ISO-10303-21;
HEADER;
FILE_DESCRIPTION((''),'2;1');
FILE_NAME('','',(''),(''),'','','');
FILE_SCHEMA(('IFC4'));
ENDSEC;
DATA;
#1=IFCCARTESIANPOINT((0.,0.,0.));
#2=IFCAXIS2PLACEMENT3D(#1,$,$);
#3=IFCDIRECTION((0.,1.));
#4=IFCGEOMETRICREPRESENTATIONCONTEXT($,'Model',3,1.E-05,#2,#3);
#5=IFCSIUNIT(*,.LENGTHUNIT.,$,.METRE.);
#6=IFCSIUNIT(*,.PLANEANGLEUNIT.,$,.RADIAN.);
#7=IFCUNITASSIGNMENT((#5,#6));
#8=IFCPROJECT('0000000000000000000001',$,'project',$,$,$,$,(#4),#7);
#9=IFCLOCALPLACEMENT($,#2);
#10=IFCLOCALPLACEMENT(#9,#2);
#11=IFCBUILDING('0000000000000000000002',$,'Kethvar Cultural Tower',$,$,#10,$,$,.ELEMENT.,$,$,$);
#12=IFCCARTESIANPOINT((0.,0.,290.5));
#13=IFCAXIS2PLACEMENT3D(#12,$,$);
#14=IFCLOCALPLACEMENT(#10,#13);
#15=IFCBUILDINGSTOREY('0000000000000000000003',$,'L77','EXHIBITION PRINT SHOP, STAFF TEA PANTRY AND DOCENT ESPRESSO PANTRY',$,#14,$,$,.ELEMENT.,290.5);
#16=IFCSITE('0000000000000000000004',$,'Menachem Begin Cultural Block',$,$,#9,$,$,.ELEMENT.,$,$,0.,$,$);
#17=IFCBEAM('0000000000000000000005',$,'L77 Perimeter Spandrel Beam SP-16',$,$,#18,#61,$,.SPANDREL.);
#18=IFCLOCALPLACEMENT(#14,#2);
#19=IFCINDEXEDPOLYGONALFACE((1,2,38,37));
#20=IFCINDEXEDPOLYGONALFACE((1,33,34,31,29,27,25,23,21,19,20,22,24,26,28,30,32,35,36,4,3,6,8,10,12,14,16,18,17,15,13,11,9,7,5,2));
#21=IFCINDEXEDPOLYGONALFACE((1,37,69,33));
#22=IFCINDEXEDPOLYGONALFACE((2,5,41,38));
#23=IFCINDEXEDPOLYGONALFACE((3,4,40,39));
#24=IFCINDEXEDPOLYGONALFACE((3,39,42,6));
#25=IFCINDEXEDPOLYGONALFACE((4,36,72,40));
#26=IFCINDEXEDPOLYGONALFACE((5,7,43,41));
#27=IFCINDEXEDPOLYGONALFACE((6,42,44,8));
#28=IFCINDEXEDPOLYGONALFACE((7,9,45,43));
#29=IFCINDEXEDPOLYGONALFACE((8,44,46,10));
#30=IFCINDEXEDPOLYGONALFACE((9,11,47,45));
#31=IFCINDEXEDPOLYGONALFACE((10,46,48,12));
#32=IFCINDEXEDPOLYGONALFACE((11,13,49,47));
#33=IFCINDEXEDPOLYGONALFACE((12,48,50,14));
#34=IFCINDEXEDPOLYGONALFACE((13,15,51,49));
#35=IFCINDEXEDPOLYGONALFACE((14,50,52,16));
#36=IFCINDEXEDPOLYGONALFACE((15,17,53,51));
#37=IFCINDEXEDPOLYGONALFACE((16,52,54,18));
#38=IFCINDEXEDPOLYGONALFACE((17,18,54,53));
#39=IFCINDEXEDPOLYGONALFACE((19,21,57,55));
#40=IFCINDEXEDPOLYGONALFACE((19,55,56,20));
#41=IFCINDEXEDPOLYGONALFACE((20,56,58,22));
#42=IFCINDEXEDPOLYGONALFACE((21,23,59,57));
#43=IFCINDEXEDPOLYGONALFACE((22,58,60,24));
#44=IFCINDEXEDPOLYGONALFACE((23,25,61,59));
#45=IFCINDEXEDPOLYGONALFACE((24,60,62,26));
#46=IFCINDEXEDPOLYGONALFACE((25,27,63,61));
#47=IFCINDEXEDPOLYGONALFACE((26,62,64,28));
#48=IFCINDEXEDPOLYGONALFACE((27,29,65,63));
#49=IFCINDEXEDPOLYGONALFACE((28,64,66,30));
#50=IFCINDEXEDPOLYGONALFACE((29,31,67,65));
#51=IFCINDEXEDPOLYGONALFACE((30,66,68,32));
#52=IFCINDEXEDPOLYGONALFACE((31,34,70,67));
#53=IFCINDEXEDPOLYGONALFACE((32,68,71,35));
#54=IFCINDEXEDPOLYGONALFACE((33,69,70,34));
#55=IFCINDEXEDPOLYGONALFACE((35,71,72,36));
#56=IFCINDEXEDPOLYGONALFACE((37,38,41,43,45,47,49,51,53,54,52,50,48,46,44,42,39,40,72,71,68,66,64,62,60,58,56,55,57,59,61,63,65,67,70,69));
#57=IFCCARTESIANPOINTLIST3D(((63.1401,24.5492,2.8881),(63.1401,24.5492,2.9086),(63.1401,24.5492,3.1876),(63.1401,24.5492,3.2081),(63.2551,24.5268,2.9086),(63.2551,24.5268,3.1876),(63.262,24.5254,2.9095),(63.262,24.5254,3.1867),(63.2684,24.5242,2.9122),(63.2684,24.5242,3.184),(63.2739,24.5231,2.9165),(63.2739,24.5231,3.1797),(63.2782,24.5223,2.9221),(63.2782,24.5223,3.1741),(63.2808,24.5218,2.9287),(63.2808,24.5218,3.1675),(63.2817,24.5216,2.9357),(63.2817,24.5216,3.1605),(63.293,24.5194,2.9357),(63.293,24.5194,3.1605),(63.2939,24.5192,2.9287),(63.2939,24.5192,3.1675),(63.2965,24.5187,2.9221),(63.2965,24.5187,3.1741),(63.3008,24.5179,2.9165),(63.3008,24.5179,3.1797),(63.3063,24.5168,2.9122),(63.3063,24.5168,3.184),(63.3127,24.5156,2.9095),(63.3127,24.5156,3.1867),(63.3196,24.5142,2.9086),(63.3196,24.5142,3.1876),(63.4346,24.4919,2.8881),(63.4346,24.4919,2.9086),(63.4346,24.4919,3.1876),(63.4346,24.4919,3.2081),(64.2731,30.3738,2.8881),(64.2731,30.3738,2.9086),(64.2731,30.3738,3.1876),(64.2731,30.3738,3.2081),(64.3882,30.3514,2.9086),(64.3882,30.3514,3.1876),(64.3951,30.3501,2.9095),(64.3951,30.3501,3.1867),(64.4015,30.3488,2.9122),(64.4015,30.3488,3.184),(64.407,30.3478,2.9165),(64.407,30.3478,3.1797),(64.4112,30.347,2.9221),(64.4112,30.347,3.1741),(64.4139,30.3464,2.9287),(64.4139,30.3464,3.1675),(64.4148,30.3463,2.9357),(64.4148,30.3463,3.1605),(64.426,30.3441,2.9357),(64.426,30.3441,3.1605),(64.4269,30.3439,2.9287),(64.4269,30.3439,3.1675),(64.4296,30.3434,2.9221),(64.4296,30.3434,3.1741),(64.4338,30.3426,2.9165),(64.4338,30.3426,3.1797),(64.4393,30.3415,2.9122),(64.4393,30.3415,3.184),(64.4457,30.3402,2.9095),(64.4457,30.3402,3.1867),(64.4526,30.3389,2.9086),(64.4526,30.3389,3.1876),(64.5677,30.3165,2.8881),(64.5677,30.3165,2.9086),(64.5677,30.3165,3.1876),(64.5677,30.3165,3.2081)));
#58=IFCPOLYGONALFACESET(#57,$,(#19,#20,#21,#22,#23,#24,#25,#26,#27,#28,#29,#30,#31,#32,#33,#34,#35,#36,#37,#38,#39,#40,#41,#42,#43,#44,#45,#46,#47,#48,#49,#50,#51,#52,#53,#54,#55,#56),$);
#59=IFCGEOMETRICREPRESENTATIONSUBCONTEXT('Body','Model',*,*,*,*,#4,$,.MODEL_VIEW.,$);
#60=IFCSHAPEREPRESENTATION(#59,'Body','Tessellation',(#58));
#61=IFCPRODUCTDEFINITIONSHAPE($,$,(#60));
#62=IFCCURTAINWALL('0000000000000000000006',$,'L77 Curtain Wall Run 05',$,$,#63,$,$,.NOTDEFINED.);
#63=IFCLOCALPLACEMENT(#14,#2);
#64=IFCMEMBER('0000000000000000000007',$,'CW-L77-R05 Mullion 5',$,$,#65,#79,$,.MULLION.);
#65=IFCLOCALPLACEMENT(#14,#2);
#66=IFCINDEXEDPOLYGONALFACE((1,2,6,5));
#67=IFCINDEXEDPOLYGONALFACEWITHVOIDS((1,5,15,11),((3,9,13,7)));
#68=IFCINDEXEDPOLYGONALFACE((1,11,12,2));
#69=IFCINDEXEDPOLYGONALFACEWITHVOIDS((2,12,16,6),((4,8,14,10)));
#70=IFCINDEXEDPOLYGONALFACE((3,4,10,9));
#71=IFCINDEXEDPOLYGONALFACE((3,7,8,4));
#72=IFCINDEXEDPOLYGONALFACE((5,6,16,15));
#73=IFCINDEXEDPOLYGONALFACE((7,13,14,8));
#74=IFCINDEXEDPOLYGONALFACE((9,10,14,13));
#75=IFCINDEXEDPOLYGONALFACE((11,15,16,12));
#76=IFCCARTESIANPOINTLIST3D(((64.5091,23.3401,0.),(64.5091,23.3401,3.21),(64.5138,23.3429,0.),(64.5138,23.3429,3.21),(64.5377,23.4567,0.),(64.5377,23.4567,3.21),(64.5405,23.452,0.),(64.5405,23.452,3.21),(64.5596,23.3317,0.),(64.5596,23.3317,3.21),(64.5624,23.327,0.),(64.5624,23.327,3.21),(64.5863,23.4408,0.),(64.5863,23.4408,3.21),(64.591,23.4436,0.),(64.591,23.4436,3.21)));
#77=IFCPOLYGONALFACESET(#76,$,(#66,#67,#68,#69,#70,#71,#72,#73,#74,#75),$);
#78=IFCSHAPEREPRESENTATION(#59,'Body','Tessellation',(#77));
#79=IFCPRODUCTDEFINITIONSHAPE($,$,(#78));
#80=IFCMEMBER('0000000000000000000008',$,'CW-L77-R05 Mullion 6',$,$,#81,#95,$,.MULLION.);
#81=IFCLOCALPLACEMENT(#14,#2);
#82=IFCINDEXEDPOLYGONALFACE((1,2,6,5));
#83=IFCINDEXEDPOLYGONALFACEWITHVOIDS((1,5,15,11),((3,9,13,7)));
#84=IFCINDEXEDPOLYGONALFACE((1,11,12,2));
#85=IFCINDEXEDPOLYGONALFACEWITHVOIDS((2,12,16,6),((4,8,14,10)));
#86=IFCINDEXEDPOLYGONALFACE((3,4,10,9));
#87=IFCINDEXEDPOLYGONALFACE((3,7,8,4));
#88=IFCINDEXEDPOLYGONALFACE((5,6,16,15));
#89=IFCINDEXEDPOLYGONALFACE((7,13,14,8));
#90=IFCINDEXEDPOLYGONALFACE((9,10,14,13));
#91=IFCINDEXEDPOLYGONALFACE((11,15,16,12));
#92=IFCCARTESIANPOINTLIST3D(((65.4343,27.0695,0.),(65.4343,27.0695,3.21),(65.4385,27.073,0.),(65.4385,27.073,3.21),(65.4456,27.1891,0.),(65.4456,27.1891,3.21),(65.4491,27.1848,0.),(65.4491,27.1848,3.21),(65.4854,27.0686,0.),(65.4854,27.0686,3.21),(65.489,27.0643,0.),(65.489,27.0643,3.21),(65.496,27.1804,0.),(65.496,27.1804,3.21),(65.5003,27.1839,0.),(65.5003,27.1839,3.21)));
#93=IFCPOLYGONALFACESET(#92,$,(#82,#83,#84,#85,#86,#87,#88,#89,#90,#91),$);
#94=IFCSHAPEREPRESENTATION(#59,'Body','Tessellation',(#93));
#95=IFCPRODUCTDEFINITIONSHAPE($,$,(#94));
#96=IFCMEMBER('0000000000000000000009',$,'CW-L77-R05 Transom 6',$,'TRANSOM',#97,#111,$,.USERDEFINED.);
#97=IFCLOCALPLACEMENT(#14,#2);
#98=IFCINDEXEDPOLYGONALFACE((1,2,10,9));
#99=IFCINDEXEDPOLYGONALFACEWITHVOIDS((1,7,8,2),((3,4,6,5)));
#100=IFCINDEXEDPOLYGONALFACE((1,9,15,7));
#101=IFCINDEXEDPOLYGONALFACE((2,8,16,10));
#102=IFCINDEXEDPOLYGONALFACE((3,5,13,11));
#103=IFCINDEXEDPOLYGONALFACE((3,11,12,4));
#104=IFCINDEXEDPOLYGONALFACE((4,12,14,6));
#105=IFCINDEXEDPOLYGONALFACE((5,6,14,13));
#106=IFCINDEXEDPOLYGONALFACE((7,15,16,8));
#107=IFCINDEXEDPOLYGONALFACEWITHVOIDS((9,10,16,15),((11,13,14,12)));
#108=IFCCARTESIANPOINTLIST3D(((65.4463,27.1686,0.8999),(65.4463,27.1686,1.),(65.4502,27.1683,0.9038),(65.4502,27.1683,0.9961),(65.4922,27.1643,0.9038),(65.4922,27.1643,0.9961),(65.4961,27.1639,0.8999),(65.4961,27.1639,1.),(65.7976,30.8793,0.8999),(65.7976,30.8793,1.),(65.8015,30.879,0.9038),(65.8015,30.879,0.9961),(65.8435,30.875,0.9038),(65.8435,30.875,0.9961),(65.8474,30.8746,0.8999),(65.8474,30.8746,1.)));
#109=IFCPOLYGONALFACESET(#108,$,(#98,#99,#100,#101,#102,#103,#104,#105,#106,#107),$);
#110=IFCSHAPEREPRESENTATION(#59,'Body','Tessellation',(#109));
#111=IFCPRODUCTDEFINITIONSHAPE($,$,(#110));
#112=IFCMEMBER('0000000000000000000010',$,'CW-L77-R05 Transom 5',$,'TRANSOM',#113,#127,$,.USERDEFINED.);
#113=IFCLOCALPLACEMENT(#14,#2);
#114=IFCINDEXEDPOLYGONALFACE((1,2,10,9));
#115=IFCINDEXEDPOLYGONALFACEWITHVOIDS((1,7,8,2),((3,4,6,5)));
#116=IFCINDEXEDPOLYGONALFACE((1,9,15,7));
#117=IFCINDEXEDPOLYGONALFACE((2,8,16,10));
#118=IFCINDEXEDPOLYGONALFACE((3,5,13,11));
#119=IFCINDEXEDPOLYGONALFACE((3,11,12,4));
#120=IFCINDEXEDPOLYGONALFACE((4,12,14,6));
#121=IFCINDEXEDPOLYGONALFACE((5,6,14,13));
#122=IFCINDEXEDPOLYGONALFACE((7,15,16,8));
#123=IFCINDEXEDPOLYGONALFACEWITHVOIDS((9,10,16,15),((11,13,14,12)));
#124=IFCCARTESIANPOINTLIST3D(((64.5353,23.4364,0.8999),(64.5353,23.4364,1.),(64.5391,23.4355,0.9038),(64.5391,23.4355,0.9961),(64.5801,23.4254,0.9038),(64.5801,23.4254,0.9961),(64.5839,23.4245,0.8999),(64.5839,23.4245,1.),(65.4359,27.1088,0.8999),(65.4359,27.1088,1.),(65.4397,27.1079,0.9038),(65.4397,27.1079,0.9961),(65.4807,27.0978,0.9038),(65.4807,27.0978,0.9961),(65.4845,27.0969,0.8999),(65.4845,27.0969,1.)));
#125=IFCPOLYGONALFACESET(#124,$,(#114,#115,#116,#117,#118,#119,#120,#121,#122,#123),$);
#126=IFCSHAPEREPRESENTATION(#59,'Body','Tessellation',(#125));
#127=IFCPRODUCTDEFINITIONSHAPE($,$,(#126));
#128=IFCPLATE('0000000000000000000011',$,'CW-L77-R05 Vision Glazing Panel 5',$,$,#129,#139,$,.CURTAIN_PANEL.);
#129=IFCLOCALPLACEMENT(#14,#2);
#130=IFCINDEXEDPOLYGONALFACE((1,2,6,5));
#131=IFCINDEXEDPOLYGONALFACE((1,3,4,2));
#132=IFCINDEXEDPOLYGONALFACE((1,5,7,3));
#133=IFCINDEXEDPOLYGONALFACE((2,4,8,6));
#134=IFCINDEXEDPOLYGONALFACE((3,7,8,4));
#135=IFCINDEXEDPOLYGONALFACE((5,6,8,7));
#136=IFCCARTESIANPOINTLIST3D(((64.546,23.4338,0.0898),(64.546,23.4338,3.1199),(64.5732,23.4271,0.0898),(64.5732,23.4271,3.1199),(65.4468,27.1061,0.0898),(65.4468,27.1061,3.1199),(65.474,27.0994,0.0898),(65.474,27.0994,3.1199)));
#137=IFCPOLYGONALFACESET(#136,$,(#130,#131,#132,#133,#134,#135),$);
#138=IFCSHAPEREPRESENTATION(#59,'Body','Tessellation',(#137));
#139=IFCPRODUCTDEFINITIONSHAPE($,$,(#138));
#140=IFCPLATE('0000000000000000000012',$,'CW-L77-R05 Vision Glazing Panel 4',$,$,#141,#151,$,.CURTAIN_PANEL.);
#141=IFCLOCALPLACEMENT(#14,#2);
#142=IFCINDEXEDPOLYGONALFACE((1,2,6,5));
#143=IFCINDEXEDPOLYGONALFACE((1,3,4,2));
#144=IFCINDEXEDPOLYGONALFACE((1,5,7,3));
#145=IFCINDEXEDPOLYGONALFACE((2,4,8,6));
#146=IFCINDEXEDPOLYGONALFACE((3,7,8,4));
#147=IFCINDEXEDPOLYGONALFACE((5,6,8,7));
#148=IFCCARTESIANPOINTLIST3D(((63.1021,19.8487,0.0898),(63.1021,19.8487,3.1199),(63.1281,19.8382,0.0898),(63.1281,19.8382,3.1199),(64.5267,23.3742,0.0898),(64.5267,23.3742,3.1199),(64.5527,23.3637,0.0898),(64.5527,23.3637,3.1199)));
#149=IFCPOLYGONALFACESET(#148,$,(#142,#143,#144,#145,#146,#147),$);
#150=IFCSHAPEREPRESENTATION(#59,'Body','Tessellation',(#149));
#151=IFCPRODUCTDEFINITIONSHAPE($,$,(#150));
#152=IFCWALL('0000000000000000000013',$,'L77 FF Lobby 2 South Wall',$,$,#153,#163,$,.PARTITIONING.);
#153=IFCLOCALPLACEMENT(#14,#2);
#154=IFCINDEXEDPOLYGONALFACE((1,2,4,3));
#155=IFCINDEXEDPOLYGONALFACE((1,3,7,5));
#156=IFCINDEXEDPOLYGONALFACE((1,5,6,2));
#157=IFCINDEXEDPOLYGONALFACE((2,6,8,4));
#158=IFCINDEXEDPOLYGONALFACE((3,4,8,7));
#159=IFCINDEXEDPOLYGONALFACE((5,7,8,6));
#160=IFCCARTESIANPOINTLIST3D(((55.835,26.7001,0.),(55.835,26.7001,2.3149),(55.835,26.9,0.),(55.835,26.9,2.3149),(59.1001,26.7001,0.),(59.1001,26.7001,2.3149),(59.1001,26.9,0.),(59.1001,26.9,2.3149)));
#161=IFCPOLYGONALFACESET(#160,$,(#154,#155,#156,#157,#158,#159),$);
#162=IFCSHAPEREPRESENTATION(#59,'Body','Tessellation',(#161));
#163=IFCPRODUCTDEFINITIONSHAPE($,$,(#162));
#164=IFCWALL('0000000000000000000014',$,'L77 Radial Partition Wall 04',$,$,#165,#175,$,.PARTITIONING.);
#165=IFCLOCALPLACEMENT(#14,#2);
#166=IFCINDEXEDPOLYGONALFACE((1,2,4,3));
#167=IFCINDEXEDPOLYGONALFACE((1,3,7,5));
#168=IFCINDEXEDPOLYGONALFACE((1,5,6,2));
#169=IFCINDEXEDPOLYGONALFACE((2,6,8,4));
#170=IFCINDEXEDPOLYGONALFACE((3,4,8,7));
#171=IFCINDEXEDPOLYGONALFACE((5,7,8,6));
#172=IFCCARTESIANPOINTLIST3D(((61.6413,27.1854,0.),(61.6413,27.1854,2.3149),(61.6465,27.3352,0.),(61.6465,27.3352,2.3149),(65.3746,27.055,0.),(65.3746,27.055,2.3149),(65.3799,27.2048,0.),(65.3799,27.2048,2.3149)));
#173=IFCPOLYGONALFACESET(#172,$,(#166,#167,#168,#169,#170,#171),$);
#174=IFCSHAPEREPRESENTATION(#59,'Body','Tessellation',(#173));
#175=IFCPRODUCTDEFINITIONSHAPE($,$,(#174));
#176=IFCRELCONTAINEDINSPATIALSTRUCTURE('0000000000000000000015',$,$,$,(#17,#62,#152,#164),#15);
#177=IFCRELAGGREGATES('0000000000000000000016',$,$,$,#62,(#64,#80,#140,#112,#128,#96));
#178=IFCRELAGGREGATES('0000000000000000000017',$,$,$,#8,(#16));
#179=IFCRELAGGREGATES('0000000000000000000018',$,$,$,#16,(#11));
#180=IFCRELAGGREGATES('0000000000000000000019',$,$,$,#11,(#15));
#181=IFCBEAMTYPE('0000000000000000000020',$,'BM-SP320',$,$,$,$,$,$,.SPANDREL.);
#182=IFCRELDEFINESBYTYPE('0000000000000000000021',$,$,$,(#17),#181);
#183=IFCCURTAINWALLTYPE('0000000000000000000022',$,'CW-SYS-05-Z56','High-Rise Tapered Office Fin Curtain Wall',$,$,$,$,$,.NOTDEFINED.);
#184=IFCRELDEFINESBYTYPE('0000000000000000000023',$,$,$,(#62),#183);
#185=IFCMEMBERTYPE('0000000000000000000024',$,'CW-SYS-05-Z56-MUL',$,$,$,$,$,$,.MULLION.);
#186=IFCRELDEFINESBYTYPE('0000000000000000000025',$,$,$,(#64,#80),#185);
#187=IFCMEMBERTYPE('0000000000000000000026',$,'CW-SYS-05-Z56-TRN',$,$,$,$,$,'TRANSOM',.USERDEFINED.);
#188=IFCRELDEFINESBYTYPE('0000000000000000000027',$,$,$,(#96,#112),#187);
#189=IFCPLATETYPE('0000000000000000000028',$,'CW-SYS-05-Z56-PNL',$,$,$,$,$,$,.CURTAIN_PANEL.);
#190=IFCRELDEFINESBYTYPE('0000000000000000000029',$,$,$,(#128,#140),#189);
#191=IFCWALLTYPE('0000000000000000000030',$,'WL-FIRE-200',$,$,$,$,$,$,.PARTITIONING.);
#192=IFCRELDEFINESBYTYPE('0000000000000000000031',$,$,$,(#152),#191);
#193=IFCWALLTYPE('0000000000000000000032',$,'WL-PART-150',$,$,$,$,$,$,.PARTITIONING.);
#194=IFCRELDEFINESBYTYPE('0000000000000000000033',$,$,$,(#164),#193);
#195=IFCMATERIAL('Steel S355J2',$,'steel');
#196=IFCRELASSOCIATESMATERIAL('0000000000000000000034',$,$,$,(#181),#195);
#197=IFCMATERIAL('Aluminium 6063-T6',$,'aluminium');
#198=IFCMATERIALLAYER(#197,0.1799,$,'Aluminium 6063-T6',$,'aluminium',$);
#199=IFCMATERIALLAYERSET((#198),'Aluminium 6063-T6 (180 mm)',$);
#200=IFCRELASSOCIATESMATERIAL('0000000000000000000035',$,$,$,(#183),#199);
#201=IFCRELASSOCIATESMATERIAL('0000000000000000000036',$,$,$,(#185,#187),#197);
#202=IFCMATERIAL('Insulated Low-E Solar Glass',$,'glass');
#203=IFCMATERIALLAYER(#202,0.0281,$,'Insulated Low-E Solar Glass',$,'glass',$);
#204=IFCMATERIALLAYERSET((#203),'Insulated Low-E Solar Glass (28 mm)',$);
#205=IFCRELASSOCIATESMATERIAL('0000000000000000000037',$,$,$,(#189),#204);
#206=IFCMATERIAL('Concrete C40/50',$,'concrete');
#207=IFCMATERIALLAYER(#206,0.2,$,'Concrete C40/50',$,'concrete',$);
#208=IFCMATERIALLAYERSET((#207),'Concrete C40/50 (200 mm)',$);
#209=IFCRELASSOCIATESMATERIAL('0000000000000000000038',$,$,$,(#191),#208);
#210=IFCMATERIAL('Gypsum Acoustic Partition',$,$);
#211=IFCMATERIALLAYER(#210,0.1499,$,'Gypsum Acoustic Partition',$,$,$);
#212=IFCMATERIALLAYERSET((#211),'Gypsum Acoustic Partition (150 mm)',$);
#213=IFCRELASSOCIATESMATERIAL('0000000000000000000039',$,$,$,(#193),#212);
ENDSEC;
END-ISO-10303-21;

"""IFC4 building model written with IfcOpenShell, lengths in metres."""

from ifc_helpers import new_model, si_unit, direction, frame, frame_2d, origin, origin_2d, place, context, subcontext, project, spatial, rectangle, hollow_rectangle, i_section, extrude, source, transform, mapped, material, layer, layer_set, material_profile, profile_set, type_object, element, aggregate, save


model = new_model("IFC4")

# Units and contexts
model_context = context("Model", 3, precision=1e-05, world=origin(), true_north=direction((0.0, 1.0)))
body_context = subcontext(model_context, "Body", "Model", "MODEL_VIEW")
ifc_project = project(units=[si_unit("LENGTHUNIT", "METRE"), si_unit("PLANEANGLEUNIT", "RADIAN")], contexts=[model_context])

# Site, building, storey
site_placement = place(None, origin())
site = spatial("IfcSite", under=ifc_project, at=site_placement, Name="Menachem Begin Cultural Block", CompositionType="ELEMENT", RefElevation=0.0)
building_placement = place(site_placement, origin())
building = spatial("IfcBuilding", under=site, at=building_placement, Name="Kethvar Cultural Tower", CompositionType="ELEMENT")
storey_placement = place(building_placement, frame((0.0, 0.0, 290.5)))
storey = spatial("IfcBuildingStorey", under=building, at=storey_placement, Name="L77", Description="EXHIBITION PRINT SHOP, STAFF TEA PANTRY AND DOCENT ESPRESSO PANTRY", CompositionType="ELEMENT", Elevation=290.5)

# Shared definitions
ifc_material_1 = material(Name="Steel S355J2", Category="steel")

# Beam
ifc_material_profile_1 = material_profile(ifc_material_1, i_section(OverallWidth=0.3, OverallDepth=0.3201, WebThickness=0.0115, FlangeThickness=0.0205, FilletRadius=0.0271, at=origin_2d()), Name="Steel S355J2 — HEB320")
ifc_profile_set_1 = profile_set([ifc_material_profile_1], Name="Steel S355J2 — HEB320")
beam_type_1 = type_object("IfcBeamType", Name="BM-SP320", PredefinedType="SPANDREL", material=ifc_profile_set_1)
shared_shape_1 = source(origin(), body_context, "Body", "SweptSolid", [
    extrude(i_section(OverallWidth=0.3, OverallDepth=0.3201, WebThickness=0.0115, FlangeThickness=0.0205, FilletRadius=0.0271, at=origin_2d()), origin(), (0.0, 0.0, 1.0), 5.9338),
])
beam_1_placement = place(storey_placement, frame((63.2874, 24.5205, 3.0481), z_axis=(0.190947, 0.9816, 0.0), x_axis=(-0.9816, 0.190947, 0.0)))
element("IfcBeam", 1, at=beam_1_placement, inside=storey, type_object=beam_type_1, Name="L77 Perimeter Spandrel Beam SP-16", PredefinedType="SPANDREL", context=body_context, shape_type="MappedRepresentation", body=[
    mapped(shared_shape_1, transform((0.0, 0.0, 0.0), scale=1.0)),
])

# Curtain wall, members, plates
ifc_material_2 = material(Name="Aluminium 6063-T6", Category="aluminium")
ifc_layer_1 = layer(ifc_material_2, 0.1799, Name="Aluminium 6063-T6", Category="aluminium")
ifc_layer_set_1 = layer_set([ifc_layer_1], Name="Aluminium 6063-T6 (180 mm)")
curtain_wall_type = type_object("IfcCurtainWallType", Name="CW-SYS-05-Z56", Description="High-Rise Tapered Office Fin Curtain Wall", PredefinedType="NOTDEFINED", material=ifc_layer_set_1)
curtain_wall_placement = place(storey_placement, origin())
curtain_wall = element("IfcCurtainWall", 2, at=curtain_wall_placement, inside=storey, type_object=curtain_wall_type, Name="L77 Curtain Wall Run 05", PredefinedType="NOTDEFINED")
ifc_material_profile_2 = material_profile(ifc_material_2, hollow_rectangle(XDim=0.0549, YDim=0.1201, WallThickness=0.0039, at=origin_2d()), Name="Aluminium 6063-T6 — RHS120x55x4")
ifc_profile_set_2 = profile_set([ifc_material_profile_2], Name="Aluminium 6063-T6 — RHS120x55x4")
member_type_1 = type_object("IfcMemberType", Name="CW-SYS-05-Z56-MUL", PredefinedType="MULLION", material=ifc_profile_set_2)
shared_shape_2 = source(origin(), body_context, "Body", "SweptSolid", [
    extrude(hollow_rectangle(XDim=0.0549, YDim=0.1201, WallThickness=0.0039, at=origin_2d()), origin(), (0.0, 0.0, 1.0), 3.21),
])
member_1_placement = place(storey_placement, frame((64.55, 23.3918, 0.0), z_axis=(0.0, 0.0, 1.0), x_axis=(-0.971209, 0.238228, 0.0)))
member_1 = element("IfcMember", 3, at=member_1_placement, type_object=member_type_1, Name="CW-L77-R05 Mullion 5", PredefinedType="MULLION", context=body_context, shape_type="MappedRepresentation", body=[
    mapped(shared_shape_2, transform((0.0, 0.0, 0.0), scale=1.0)),
])
member_2_placement = place(storey_placement, frame((65.4673, 27.1267, 0.0), z_axis=(0.0, 0.0, 1.0), x_axis=(-0.995542, 0.094317, 0.0)))
member_2 = element("IfcMember", 4, at=member_2_placement, type_object=member_type_1, Name="CW-L77-R05 Mullion 6", PredefinedType="MULLION", context=body_context, shape_type="MappedRepresentation", body=[
    mapped(shared_shape_2, transform((0.0, 0.0, 0.0), scale=1.0)),
])
ifc_material_profile_3 = material_profile(ifc_material_2, hollow_rectangle(XDim=0.05, YDim=0.1001, WallThickness=0.0039, at=origin_2d()), Name="Aluminium 6063-T6 — RHS100x50x4")
ifc_profile_set_3 = profile_set([ifc_material_profile_3], Name="Aluminium 6063-T6 — RHS100x50x4")
member_type_2 = type_object("IfcMemberType", Name="CW-SYS-05-Z56-TRN", ElementType="TRANSOM", PredefinedType="USERDEFINED", material=ifc_profile_set_3)
shared_shape_3 = source(origin(), body_context, "Body", "SweptSolid", [
    extrude(hollow_rectangle(XDim=0.05, YDim=0.1001, WallThickness=0.0039, at=origin_2d()), origin(), (0.0, 0.0, 1.0), 3.7273),
])
member_3_placement = place(storey_placement, frame((65.4712, 27.1663, 0.95), z_axis=(0.094256, 0.995548, 0.0), x_axis=(-0.995548, 0.094256, 0.0)))
member_3 = element("IfcMember", 5, at=member_3_placement, type_object=member_type_2, Name="CW-L77-R05 Transom 6", ObjectType="TRANSOM", PredefinedType="USERDEFINED", context=body_context, shape_type="MappedRepresentation", body=[
    mapped(shared_shape_3, transform((0.0, 0.0, 0.0), scale=1.0)),
])
shared_shape_4 = source(origin(), body_context, "Body", "SweptSolid", [
    extrude(hollow_rectangle(XDim=0.05, YDim=0.1001, WallThickness=0.0039, at=origin_2d()), origin(), (0.0, 0.0, 1.0), 3.7812),
])
member_4_placement = place(storey_placement, frame((64.5596, 23.4304, 0.95), z_axis=(0.238188, 0.971219, 0.0), x_axis=(-0.971219, 0.238188, 0.0)))
member_4 = element("IfcMember", 6, at=member_4_placement, type_object=member_type_2, Name="CW-L77-R05 Transom 5", ObjectType="TRANSOM", PredefinedType="USERDEFINED", context=body_context, shape_type="MappedRepresentation", body=[
    mapped(shared_shape_4, transform((0.0, 0.0, 0.0), scale=1.0)),
])
ifc_material_3 = material(Name="Insulated Low-E Solar Glass", Category="glass")
ifc_layer_2 = layer(ifc_material_3, 0.0281, Name="Insulated Low-E Solar Glass", Category="glass")
ifc_layer_set_2 = layer_set([ifc_layer_2], Name="Insulated Low-E Solar Glass (28 mm)")
plate_type = type_object("IfcPlateType", Name="CW-SYS-05-Z56-PNL", PredefinedType="CURTAIN_PANEL", material=ifc_layer_set_2)
shared_shape_5 = source(origin(), body_context, "Body", "SweptSolid", [
    extrude(rectangle(XDim=3.7812, YDim=0.0281, at=origin_2d()), origin(), (0.0, 0.0, 1.0), 3.03),
])
plate_1_placement = place(storey_placement, frame((65.01, 25.2666, 0.0898), z_axis=(0.0, 0.0, 1.0), x_axis=(0.238228, 0.971209, 0.0)))
plate_1 = element("IfcPlate", 7, at=plate_1_placement, type_object=plate_type, Name="CW-L77-R05 Vision Glazing Panel 5", PredefinedType="CURTAIN_PANEL", context=body_context, shape_type="MappedRepresentation", body=[
    mapped(shared_shape_5, transform((0.0, 0.0, 0.0), scale=1.0)),
])
shared_shape_6 = source(origin(), body_context, "Body", "SweptSolid", [
    extrude(rectangle(XDim=3.8025, YDim=0.0281, at=origin_2d()), origin(), (0.0, 0.0, 1.0), 3.03),
])
plate_2_placement = place(storey_placement, frame((63.8274, 21.6062, 0.0898), z_axis=(0.0, 0.0, 1.0), x_axis=(0.374655, 0.927164, 0.0)))
plate_2 = element("IfcPlate", 8, at=plate_2_placement, type_object=plate_type, Name="CW-L77-R05 Vision Glazing Panel 4", PredefinedType="CURTAIN_PANEL", context=body_context, shape_type="MappedRepresentation", body=[
    mapped(shared_shape_6, transform((0.0, 0.0, 0.0), scale=1.0)),
])
aggregate(curtain_wall, [member_1, member_2, plate_2, member_4, plate_1, member_3])

# Shared definitions
ifc_material_4 = material(Name="Concrete C40/50", Category="concrete")
ifc_layer_3 = layer(ifc_material_4, 0.2, Name="Concrete C40/50", Category="concrete")
ifc_layer_set_3 = layer_set([ifc_layer_3], Name="Concrete C40/50 (200 mm)")
wall_type_1 = type_object("IfcWallType", Name="WL-FIRE-200", PredefinedType="PARTITIONING", material=ifc_layer_set_3)

# Walls
wall_1_placement = place(storey_placement, frame((55.835, 26.8, 0.0), z_axis=(0.0, 0.0, 1.0), x_axis=(1.0, 0.0, 0.0)))
element("IfcWall", 9, at=wall_1_placement, inside=storey, type_object=wall_type_1, Name="L77 FF Lobby 2 South Wall", PredefinedType="PARTITIONING", context=body_context, shape_type="SweptSolid", body=[
    extrude(rectangle(XDim=3.2651, YDim=0.2, at=frame_2d((1.6326, 0.0))), origin(), (0.0, 0.0, 1.0), 2.3149),
])
ifc_material_5 = material(Name="Gypsum Acoustic Partition")
ifc_layer_4 = layer(ifc_material_5, 0.1499, Name="Gypsum Acoustic Partition")
ifc_layer_set_4 = layer_set([ifc_layer_4], Name="Gypsum Acoustic Partition (150 mm)")
wall_type_2 = type_object("IfcWallType", Name="WL-PART-150", PredefinedType="PARTITIONING", material=ifc_layer_set_4)
wall_2_placement = place(storey_placement, frame((61.644, 27.2603, 0.0), z_axis=(0.0, 0.0, 1.0), x_axis=(0.999391, -0.034899, 0.0)))
element("IfcWall", 10, at=wall_2_placement, inside=storey, type_object=wall_type_2, Name="L77 Radial Partition Wall 04", PredefinedType="PARTITIONING", context=body_context, shape_type="SweptSolid", body=[
    extrude(rectangle(XDim=3.7356, YDim=0.1499, at=frame_2d((1.8677, 0.0))), origin(), (0.0, 0.0, 1.0), 2.3149),
])

save(model, "model.ifc")
